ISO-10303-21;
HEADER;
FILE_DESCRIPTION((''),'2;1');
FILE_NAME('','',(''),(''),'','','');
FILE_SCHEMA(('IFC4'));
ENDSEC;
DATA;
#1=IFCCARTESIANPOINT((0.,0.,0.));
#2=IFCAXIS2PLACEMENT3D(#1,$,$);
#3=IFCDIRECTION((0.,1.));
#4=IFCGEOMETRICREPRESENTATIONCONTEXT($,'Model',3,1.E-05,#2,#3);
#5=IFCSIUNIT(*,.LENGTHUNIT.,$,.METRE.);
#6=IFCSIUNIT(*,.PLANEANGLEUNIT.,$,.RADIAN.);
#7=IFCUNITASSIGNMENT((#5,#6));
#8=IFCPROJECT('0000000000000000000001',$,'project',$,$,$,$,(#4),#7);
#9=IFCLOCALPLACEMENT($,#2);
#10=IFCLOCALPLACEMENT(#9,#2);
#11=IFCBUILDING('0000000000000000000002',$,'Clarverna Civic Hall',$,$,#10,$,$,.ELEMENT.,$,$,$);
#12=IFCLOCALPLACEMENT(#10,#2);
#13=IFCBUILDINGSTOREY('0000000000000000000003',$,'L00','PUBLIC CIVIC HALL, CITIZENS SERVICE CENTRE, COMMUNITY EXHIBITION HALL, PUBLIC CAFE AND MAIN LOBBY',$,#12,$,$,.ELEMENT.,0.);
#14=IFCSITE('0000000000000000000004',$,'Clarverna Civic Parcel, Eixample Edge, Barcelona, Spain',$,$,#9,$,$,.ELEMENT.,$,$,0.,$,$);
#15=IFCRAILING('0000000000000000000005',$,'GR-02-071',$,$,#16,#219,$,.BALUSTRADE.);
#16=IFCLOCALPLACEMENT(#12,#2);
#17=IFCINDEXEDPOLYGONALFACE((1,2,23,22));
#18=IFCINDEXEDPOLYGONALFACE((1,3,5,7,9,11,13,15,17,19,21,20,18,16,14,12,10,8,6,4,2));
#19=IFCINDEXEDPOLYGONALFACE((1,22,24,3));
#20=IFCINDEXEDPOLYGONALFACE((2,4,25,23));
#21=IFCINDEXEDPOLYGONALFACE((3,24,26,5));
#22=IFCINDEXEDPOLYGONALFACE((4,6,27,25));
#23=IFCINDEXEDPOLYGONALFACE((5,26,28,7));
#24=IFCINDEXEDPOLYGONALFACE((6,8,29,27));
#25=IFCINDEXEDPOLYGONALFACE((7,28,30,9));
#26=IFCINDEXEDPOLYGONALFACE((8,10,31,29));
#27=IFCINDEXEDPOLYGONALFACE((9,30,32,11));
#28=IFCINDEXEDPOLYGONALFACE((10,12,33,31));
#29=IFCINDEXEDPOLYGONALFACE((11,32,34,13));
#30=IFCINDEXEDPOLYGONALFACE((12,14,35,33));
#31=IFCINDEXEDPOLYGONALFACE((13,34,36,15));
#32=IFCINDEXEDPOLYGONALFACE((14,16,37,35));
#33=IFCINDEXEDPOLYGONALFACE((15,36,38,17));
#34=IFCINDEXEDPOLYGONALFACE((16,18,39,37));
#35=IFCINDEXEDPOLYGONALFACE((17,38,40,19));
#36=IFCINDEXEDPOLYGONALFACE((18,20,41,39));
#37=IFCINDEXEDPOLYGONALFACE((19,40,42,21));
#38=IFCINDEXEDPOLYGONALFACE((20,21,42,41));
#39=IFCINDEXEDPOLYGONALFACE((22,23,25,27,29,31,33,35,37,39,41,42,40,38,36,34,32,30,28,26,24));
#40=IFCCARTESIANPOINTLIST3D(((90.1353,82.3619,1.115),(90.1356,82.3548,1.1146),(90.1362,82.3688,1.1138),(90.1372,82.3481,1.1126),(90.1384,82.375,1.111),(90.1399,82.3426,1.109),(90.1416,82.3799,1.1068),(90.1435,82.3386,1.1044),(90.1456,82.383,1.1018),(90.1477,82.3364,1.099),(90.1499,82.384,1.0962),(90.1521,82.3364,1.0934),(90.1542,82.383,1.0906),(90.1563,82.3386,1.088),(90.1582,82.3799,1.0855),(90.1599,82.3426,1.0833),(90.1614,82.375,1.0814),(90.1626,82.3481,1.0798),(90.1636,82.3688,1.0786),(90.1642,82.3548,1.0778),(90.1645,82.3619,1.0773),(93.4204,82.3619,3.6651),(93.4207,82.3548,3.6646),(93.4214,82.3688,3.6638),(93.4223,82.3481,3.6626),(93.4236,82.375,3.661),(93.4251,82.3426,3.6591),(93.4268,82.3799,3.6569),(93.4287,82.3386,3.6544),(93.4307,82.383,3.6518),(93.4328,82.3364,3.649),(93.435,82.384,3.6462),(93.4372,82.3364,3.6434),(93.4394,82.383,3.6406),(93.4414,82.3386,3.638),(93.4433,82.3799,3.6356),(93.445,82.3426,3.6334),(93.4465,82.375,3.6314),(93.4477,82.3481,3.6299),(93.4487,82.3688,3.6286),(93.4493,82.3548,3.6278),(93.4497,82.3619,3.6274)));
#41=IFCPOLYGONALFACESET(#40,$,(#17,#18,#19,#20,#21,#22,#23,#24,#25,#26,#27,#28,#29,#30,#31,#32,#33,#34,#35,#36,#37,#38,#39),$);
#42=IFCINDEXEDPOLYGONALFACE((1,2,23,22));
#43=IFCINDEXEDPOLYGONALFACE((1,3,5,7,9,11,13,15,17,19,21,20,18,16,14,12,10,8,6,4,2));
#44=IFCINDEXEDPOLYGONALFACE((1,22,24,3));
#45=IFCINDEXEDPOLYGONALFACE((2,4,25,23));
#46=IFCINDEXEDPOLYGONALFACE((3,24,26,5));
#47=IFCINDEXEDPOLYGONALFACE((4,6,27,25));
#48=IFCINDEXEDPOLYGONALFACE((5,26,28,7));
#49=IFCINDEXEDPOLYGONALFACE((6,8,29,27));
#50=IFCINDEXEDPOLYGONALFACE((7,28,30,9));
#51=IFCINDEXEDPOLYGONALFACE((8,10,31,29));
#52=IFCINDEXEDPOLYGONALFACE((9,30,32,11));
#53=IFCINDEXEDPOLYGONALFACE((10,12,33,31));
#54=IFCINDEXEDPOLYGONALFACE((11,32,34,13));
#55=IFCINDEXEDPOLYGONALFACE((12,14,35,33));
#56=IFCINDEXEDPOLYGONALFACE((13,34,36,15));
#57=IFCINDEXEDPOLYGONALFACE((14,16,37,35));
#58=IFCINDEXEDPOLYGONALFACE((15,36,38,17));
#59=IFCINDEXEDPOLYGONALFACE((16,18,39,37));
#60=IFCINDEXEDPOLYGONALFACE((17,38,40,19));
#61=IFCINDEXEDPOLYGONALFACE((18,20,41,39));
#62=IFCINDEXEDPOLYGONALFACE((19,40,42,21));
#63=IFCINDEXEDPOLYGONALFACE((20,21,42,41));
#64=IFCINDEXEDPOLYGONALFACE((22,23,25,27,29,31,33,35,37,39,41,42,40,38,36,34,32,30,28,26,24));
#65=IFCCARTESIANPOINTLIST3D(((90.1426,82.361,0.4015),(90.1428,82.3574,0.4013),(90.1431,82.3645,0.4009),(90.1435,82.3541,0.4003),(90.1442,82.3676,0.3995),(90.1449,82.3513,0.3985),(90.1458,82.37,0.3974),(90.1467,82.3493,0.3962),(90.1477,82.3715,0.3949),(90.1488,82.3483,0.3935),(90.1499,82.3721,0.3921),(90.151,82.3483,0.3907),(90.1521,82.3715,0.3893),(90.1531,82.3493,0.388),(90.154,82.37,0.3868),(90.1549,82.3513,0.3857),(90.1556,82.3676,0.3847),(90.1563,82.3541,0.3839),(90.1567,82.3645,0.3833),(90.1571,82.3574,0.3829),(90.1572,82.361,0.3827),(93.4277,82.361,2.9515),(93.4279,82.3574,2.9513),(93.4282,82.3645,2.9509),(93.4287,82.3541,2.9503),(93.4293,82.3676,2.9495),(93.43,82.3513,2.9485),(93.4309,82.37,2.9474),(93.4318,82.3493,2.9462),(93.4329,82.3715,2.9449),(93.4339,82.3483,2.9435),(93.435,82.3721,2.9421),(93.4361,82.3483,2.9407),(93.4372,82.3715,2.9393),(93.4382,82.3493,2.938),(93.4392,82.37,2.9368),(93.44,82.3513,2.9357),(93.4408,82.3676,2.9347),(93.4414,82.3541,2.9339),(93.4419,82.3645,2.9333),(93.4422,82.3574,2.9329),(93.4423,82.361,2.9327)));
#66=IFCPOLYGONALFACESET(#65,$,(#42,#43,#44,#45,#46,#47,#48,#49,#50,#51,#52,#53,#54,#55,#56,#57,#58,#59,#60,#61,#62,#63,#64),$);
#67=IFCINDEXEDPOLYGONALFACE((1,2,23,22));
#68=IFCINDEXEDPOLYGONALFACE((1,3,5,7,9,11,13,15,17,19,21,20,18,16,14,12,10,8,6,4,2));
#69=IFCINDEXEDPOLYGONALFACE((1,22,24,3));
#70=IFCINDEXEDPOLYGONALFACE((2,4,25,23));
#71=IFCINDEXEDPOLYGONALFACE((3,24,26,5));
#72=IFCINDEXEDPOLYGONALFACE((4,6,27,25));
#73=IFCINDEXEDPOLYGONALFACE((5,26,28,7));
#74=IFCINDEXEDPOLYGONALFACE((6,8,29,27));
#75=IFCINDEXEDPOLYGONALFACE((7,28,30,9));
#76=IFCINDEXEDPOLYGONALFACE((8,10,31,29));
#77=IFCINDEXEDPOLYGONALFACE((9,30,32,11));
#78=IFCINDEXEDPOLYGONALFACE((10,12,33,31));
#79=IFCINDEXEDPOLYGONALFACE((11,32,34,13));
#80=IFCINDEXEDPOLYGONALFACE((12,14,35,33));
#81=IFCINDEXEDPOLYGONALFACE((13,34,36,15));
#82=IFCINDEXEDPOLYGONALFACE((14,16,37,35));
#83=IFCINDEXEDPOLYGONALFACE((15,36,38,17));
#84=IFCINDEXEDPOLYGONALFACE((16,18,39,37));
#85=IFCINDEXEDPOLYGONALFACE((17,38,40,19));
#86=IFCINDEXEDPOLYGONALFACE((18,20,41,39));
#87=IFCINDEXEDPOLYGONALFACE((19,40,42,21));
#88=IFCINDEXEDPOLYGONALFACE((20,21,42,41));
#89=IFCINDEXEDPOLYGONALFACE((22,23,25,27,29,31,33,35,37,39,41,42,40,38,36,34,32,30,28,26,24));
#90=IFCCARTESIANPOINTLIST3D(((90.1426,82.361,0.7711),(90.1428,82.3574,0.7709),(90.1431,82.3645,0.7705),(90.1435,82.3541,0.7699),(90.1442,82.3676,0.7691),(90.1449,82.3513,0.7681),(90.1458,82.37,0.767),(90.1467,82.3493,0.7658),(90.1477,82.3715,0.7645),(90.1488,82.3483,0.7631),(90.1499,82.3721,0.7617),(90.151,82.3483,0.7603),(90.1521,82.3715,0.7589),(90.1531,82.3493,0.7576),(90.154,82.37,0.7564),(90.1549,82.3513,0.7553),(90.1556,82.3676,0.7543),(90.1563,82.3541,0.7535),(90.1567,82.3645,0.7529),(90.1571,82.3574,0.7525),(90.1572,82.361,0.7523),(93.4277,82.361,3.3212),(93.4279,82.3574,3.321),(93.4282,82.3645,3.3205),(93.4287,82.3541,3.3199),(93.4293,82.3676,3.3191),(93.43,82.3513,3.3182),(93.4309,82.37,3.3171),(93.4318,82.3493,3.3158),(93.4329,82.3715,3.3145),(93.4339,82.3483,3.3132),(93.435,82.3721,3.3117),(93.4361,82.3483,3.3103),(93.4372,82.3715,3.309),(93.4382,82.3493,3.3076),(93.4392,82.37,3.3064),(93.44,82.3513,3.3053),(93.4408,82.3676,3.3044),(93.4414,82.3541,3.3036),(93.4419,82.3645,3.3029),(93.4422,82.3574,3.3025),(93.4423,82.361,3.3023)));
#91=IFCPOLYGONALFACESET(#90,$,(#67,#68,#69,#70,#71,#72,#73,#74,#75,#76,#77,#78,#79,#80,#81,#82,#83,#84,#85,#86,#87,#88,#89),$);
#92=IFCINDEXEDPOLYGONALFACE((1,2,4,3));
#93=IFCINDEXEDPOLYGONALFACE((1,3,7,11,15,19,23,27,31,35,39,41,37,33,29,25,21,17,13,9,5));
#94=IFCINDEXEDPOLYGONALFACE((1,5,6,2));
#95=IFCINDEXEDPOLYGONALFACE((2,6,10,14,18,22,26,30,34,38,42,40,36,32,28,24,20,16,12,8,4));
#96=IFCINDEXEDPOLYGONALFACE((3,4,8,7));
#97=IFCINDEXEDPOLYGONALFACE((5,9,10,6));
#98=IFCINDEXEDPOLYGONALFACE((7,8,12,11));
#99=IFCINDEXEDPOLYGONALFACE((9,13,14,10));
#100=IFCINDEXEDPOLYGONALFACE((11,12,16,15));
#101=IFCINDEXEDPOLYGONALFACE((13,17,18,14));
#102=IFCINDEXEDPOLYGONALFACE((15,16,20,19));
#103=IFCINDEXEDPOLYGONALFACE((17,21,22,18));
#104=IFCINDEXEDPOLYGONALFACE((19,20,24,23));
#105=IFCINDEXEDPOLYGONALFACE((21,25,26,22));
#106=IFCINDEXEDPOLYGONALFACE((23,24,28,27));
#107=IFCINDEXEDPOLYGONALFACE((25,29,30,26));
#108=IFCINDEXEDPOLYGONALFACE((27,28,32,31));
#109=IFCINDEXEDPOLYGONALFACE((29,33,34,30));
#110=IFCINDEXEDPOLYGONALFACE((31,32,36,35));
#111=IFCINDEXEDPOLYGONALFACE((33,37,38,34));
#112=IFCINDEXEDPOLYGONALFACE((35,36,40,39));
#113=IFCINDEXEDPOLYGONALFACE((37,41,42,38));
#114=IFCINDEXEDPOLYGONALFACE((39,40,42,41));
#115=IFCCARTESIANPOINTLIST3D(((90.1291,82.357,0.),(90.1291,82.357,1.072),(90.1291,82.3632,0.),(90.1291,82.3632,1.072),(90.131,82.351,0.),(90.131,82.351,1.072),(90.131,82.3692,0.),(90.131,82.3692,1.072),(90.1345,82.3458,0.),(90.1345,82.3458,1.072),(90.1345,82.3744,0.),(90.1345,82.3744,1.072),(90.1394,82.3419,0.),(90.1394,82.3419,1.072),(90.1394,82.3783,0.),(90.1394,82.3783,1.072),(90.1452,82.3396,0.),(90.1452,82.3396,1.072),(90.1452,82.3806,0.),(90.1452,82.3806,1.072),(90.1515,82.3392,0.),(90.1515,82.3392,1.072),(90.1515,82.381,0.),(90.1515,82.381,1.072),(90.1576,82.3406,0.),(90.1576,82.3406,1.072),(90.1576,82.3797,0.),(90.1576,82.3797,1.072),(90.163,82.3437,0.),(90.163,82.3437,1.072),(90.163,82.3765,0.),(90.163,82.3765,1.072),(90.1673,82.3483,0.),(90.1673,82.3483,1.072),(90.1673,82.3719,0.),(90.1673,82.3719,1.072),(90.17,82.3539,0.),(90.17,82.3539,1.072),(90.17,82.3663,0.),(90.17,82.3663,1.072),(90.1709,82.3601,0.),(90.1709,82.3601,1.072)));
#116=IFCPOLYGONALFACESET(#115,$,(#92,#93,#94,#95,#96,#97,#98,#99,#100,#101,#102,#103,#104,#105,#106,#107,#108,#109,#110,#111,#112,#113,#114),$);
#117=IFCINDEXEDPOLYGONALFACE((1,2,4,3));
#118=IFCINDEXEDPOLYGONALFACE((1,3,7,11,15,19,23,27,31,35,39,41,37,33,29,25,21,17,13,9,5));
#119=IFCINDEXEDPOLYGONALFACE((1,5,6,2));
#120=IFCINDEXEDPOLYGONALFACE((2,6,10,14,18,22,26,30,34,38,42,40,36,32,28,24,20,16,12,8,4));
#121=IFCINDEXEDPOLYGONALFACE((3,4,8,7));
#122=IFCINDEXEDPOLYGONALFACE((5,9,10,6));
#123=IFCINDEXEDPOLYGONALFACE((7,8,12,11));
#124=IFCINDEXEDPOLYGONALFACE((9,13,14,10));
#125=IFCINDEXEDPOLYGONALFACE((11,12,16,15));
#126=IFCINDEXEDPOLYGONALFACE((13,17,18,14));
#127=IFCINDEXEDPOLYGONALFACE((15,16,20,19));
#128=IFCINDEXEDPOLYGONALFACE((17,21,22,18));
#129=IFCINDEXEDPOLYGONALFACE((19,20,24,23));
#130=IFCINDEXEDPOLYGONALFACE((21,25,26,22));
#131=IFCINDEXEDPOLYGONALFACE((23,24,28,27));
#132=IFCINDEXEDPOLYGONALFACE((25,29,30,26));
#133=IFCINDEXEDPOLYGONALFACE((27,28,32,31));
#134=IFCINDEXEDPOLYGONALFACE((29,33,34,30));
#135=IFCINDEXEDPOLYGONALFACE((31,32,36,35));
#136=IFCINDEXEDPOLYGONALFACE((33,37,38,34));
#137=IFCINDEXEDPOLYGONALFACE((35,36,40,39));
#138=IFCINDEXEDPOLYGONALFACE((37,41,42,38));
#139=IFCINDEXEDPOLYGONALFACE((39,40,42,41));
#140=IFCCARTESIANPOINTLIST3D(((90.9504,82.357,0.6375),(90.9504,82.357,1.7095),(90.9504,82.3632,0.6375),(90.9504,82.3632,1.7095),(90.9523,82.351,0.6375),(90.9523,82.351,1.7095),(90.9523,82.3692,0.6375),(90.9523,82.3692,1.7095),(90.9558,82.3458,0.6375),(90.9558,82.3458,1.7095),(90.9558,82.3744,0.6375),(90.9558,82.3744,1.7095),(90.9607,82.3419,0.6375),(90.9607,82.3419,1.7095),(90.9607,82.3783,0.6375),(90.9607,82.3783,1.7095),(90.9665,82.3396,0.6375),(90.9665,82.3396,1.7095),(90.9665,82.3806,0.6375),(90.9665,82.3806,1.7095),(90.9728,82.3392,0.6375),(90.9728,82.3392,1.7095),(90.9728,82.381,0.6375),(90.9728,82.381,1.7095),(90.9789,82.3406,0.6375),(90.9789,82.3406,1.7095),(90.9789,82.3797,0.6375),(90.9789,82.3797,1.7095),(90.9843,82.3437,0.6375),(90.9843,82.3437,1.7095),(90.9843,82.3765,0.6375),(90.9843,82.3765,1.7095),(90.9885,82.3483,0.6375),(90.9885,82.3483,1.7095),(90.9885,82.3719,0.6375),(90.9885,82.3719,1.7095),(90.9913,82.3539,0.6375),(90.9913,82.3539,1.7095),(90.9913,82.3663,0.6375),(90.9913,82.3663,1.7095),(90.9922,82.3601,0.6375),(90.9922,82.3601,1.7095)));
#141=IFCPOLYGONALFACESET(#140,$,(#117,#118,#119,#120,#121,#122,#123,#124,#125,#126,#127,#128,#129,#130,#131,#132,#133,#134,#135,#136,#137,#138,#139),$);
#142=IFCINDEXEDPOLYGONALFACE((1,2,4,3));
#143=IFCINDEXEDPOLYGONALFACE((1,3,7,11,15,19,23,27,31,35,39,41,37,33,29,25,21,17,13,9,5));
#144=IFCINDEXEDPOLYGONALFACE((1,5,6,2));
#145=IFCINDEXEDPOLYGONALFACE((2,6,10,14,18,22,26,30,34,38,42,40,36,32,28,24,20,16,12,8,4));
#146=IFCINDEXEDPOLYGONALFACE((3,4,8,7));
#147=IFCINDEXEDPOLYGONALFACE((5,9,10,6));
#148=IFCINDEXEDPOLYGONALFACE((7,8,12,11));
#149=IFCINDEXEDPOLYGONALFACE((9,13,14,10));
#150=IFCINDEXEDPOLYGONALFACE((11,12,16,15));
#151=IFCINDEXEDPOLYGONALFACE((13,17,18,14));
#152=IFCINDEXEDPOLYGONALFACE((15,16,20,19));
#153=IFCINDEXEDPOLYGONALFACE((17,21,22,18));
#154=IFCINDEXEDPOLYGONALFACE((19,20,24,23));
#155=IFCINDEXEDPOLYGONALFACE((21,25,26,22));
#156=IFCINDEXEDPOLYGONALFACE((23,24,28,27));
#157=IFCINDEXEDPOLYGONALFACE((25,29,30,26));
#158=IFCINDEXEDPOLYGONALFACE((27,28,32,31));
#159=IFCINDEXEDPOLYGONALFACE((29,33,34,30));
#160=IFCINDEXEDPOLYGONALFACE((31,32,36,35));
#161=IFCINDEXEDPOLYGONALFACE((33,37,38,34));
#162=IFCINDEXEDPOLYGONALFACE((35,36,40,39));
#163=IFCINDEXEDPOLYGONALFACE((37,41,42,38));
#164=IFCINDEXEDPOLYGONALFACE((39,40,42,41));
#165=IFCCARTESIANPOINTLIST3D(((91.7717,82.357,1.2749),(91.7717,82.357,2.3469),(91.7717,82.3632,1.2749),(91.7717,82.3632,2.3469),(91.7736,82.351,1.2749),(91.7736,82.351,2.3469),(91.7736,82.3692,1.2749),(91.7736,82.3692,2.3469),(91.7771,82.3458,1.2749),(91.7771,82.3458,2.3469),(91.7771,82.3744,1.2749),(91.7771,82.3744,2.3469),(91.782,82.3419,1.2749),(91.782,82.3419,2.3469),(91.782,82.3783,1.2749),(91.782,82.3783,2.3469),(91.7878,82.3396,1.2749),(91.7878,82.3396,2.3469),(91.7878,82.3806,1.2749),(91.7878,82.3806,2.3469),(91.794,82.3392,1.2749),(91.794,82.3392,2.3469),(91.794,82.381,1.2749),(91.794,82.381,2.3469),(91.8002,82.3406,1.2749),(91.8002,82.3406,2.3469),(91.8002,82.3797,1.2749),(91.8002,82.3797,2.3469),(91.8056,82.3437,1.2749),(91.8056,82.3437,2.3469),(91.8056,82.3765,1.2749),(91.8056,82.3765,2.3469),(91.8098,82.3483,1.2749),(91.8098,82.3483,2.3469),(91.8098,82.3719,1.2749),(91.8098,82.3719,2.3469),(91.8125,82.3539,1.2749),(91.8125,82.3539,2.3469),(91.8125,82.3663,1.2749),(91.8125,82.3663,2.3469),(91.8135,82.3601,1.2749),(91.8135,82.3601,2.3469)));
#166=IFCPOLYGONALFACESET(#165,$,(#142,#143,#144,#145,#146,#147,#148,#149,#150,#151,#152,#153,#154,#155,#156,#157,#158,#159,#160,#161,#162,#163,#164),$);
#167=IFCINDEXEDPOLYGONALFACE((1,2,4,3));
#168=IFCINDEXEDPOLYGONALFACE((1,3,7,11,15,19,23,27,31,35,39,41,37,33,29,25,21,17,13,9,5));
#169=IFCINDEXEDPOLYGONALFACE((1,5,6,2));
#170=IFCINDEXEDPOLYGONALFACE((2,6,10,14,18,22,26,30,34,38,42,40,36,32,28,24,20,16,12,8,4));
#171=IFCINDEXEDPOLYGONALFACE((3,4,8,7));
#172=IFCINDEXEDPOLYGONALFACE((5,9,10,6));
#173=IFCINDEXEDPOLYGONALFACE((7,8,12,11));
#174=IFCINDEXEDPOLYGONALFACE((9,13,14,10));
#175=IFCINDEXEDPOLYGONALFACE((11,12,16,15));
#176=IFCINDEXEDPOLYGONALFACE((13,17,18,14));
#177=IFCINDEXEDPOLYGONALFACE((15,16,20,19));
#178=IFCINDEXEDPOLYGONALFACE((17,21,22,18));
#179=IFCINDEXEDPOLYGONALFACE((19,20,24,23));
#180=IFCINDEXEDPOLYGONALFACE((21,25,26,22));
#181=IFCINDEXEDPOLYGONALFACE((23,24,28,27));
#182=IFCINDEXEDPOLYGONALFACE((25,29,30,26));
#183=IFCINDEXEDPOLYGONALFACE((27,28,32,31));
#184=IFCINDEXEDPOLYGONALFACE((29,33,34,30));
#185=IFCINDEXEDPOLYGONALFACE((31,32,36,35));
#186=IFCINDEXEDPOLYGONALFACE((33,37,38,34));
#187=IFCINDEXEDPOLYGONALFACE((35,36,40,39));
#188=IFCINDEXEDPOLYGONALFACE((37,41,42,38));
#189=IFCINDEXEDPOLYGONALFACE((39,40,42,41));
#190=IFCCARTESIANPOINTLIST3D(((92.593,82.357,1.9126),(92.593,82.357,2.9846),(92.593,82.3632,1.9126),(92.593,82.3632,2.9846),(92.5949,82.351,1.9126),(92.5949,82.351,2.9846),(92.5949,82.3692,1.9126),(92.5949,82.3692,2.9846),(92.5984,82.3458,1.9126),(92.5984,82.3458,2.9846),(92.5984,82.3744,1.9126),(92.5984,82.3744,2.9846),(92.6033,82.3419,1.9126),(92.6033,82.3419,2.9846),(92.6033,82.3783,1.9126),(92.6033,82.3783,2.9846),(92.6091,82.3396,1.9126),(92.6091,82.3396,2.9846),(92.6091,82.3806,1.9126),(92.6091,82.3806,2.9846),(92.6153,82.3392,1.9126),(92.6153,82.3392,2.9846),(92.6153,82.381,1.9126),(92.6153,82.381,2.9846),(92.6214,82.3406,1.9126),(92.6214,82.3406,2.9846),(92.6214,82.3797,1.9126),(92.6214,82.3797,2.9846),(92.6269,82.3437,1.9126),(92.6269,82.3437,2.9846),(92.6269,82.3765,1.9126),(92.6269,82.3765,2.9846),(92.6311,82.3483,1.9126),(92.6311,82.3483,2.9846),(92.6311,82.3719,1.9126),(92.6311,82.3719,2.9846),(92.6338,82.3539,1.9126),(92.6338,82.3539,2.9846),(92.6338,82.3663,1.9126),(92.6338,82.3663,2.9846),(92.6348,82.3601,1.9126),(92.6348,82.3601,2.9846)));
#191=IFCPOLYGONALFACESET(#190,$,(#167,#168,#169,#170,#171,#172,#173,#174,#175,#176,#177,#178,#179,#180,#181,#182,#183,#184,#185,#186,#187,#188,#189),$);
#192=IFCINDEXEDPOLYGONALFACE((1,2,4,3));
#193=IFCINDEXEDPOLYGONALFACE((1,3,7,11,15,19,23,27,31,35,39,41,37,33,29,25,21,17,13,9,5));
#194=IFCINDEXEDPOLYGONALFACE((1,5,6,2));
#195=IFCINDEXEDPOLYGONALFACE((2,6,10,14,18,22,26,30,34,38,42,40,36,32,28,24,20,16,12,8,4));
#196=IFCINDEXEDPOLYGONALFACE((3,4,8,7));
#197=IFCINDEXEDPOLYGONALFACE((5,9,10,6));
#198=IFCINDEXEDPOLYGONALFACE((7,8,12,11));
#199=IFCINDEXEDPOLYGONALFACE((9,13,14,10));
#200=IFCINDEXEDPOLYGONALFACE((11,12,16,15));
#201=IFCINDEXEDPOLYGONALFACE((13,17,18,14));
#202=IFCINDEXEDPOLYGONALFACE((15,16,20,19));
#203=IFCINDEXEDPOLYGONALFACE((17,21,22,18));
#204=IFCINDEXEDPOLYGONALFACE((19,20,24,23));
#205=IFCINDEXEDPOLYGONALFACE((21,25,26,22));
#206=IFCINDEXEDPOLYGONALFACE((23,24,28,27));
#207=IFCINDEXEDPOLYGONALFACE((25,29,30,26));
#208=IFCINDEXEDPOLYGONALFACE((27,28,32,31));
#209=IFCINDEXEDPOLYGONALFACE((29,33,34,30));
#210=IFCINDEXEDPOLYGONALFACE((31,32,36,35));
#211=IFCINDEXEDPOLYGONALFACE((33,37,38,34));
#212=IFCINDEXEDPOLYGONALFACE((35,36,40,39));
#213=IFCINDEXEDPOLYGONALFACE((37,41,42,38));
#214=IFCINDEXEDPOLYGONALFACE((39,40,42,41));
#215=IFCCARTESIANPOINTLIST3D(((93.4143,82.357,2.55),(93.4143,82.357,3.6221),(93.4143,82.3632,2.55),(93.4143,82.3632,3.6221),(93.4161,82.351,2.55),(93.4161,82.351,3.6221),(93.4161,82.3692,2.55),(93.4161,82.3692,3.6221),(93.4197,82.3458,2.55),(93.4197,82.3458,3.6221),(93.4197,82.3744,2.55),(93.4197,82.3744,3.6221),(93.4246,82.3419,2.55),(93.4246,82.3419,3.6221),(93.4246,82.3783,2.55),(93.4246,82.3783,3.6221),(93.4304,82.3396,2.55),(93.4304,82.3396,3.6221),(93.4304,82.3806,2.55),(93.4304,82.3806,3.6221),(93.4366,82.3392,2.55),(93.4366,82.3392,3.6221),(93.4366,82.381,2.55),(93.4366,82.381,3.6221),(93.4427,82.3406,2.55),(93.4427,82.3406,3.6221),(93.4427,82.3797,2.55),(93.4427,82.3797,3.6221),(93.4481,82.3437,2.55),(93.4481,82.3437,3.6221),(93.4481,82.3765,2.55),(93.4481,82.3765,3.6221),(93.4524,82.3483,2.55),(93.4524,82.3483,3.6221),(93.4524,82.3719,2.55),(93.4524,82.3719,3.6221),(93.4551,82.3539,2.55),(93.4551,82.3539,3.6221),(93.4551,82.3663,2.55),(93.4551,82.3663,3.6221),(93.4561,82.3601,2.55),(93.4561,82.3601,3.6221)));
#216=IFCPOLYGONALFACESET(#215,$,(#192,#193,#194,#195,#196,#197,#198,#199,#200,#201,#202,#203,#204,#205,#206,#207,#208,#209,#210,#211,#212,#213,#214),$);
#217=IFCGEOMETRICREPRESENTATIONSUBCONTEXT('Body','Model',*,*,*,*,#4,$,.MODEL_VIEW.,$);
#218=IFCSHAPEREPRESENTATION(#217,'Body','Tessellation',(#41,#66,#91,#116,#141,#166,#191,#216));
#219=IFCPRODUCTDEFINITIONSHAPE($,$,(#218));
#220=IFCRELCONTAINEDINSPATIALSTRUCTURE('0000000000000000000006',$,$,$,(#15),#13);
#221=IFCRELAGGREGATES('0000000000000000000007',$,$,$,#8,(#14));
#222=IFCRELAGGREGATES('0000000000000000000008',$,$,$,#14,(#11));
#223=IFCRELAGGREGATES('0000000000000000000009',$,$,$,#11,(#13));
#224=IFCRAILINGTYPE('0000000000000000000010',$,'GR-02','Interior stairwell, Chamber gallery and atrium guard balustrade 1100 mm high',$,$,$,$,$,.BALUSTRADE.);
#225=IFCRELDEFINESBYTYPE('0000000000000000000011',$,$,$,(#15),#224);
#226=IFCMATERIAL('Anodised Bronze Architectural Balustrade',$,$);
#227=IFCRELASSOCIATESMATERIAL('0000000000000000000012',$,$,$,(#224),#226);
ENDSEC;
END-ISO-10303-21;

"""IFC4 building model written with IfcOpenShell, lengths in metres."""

from ifc_helpers import new_model, si_unit, direction, frame, origin, origin_2d, place, context, subcontext, project, spatial, circle, extrude, material, type_object, element, save


model = new_model("IFC4")

# Units and contexts
model_context = context("Model", 3, precision=1e-05, world=origin(), true_north=direction((0.0, 1.0)))
body_context = subcontext(model_context, "Body", "Model", "MODEL_VIEW")
ifc_project = project(units=[si_unit("LENGTHUNIT", "METRE"), si_unit("PLANEANGLEUNIT", "RADIAN")], contexts=[model_context])

# Site, building, storey
site_placement = place(None, origin())
site = spatial("IfcSite", under=ifc_project, at=site_placement, Name="Clarverna Civic Parcel, Eixample Edge, Barcelona, Spain", CompositionType="ELEMENT", RefElevation=0.0)
building_placement = place(site_placement, origin())
building = spatial("IfcBuilding", under=site, at=building_placement, Name="Clarverna Civic Hall", CompositionType="ELEMENT")
storey_placement = place(building_placement, origin())
storey = spatial("IfcBuildingStorey", under=building, at=storey_placement, Name="L00", Description="PUBLIC CIVIC HALL, CITIZENS SERVICE CENTRE, COMMUNITY EXHIBITION HALL, PUBLIC CAFE AND MAIN LOBBY", CompositionType="ELEMENT", Elevation=0.0)

# Railing
ifc_material_1 = material(Name="Anodised Bronze Architectural Balustrade")
railing_type_1 = type_object("IfcRailingType", Name="GR-02", Description="Interior stairwell, Chamber gallery and atrium guard balustrade 1100 mm high", PredefinedType="BALUSTRADE", material=ifc_material_1)
railing_1_placement = place(storey_placement, frame((90.1499, 82.3601, 0.0)))
element("IfcRailing", 1, at=railing_1_placement, inside=storey, type_object=railing_type_1, Name="GR-02-071", PredefinedType="BALUSTRADE", context=body_context, shape_type="SweptSolid", body=[
    extrude(circle(Radius=0.0239, at=origin_2d()), frame((0.0, 0.0, 1.0962), z_axis=(0.789943, 0.0, 0.61318), x_axis=(0.0, 1.0, 0.0)), (0.0, 0.0, 1.0), 4.1587),
    extrude(circle(Radius=0.012, at=origin_2d()), frame((0.0, 0.0, 0.3921), z_axis=(0.789943, 0.0, 0.61318), x_axis=(0.0, 1.0, 0.0)), (0.0, 0.0, 1.0), 4.1587),
    extrude(circle(Radius=0.012, at=origin_2d()), frame((0.0, 0.0, 0.7617), z_axis=(0.789943, 0.0, 0.61318), x_axis=(0.0, 1.0, 0.0)), (0.0, 0.0, 1.0), 4.1587),
    extrude(circle(Radius=0.021, at=origin_2d()), origin(), (0.0, 0.0, 1.0), 1.072),
    extrude(circle(Radius=0.021, at=origin_2d()), frame((0.8213, 0.0, 0.6375)), (0.0, 0.0, 1.0), 1.072),
    extrude(circle(Radius=0.021, at=origin_2d()), frame((1.6426, 0.0, 1.2749)), (0.0, 0.0, 1.0), 1.072),
    extrude(circle(Radius=0.021, at=origin_2d()), frame((2.4639, 0.0, 1.9126)), (0.0, 0.0, 1.0), 1.072),
    extrude(circle(Radius=0.021, at=origin_2d()), frame((3.2852, 0.0, 2.55)), (0.0, 0.0, 1.0), 1.072),
])

save(model, "model.ifc")
